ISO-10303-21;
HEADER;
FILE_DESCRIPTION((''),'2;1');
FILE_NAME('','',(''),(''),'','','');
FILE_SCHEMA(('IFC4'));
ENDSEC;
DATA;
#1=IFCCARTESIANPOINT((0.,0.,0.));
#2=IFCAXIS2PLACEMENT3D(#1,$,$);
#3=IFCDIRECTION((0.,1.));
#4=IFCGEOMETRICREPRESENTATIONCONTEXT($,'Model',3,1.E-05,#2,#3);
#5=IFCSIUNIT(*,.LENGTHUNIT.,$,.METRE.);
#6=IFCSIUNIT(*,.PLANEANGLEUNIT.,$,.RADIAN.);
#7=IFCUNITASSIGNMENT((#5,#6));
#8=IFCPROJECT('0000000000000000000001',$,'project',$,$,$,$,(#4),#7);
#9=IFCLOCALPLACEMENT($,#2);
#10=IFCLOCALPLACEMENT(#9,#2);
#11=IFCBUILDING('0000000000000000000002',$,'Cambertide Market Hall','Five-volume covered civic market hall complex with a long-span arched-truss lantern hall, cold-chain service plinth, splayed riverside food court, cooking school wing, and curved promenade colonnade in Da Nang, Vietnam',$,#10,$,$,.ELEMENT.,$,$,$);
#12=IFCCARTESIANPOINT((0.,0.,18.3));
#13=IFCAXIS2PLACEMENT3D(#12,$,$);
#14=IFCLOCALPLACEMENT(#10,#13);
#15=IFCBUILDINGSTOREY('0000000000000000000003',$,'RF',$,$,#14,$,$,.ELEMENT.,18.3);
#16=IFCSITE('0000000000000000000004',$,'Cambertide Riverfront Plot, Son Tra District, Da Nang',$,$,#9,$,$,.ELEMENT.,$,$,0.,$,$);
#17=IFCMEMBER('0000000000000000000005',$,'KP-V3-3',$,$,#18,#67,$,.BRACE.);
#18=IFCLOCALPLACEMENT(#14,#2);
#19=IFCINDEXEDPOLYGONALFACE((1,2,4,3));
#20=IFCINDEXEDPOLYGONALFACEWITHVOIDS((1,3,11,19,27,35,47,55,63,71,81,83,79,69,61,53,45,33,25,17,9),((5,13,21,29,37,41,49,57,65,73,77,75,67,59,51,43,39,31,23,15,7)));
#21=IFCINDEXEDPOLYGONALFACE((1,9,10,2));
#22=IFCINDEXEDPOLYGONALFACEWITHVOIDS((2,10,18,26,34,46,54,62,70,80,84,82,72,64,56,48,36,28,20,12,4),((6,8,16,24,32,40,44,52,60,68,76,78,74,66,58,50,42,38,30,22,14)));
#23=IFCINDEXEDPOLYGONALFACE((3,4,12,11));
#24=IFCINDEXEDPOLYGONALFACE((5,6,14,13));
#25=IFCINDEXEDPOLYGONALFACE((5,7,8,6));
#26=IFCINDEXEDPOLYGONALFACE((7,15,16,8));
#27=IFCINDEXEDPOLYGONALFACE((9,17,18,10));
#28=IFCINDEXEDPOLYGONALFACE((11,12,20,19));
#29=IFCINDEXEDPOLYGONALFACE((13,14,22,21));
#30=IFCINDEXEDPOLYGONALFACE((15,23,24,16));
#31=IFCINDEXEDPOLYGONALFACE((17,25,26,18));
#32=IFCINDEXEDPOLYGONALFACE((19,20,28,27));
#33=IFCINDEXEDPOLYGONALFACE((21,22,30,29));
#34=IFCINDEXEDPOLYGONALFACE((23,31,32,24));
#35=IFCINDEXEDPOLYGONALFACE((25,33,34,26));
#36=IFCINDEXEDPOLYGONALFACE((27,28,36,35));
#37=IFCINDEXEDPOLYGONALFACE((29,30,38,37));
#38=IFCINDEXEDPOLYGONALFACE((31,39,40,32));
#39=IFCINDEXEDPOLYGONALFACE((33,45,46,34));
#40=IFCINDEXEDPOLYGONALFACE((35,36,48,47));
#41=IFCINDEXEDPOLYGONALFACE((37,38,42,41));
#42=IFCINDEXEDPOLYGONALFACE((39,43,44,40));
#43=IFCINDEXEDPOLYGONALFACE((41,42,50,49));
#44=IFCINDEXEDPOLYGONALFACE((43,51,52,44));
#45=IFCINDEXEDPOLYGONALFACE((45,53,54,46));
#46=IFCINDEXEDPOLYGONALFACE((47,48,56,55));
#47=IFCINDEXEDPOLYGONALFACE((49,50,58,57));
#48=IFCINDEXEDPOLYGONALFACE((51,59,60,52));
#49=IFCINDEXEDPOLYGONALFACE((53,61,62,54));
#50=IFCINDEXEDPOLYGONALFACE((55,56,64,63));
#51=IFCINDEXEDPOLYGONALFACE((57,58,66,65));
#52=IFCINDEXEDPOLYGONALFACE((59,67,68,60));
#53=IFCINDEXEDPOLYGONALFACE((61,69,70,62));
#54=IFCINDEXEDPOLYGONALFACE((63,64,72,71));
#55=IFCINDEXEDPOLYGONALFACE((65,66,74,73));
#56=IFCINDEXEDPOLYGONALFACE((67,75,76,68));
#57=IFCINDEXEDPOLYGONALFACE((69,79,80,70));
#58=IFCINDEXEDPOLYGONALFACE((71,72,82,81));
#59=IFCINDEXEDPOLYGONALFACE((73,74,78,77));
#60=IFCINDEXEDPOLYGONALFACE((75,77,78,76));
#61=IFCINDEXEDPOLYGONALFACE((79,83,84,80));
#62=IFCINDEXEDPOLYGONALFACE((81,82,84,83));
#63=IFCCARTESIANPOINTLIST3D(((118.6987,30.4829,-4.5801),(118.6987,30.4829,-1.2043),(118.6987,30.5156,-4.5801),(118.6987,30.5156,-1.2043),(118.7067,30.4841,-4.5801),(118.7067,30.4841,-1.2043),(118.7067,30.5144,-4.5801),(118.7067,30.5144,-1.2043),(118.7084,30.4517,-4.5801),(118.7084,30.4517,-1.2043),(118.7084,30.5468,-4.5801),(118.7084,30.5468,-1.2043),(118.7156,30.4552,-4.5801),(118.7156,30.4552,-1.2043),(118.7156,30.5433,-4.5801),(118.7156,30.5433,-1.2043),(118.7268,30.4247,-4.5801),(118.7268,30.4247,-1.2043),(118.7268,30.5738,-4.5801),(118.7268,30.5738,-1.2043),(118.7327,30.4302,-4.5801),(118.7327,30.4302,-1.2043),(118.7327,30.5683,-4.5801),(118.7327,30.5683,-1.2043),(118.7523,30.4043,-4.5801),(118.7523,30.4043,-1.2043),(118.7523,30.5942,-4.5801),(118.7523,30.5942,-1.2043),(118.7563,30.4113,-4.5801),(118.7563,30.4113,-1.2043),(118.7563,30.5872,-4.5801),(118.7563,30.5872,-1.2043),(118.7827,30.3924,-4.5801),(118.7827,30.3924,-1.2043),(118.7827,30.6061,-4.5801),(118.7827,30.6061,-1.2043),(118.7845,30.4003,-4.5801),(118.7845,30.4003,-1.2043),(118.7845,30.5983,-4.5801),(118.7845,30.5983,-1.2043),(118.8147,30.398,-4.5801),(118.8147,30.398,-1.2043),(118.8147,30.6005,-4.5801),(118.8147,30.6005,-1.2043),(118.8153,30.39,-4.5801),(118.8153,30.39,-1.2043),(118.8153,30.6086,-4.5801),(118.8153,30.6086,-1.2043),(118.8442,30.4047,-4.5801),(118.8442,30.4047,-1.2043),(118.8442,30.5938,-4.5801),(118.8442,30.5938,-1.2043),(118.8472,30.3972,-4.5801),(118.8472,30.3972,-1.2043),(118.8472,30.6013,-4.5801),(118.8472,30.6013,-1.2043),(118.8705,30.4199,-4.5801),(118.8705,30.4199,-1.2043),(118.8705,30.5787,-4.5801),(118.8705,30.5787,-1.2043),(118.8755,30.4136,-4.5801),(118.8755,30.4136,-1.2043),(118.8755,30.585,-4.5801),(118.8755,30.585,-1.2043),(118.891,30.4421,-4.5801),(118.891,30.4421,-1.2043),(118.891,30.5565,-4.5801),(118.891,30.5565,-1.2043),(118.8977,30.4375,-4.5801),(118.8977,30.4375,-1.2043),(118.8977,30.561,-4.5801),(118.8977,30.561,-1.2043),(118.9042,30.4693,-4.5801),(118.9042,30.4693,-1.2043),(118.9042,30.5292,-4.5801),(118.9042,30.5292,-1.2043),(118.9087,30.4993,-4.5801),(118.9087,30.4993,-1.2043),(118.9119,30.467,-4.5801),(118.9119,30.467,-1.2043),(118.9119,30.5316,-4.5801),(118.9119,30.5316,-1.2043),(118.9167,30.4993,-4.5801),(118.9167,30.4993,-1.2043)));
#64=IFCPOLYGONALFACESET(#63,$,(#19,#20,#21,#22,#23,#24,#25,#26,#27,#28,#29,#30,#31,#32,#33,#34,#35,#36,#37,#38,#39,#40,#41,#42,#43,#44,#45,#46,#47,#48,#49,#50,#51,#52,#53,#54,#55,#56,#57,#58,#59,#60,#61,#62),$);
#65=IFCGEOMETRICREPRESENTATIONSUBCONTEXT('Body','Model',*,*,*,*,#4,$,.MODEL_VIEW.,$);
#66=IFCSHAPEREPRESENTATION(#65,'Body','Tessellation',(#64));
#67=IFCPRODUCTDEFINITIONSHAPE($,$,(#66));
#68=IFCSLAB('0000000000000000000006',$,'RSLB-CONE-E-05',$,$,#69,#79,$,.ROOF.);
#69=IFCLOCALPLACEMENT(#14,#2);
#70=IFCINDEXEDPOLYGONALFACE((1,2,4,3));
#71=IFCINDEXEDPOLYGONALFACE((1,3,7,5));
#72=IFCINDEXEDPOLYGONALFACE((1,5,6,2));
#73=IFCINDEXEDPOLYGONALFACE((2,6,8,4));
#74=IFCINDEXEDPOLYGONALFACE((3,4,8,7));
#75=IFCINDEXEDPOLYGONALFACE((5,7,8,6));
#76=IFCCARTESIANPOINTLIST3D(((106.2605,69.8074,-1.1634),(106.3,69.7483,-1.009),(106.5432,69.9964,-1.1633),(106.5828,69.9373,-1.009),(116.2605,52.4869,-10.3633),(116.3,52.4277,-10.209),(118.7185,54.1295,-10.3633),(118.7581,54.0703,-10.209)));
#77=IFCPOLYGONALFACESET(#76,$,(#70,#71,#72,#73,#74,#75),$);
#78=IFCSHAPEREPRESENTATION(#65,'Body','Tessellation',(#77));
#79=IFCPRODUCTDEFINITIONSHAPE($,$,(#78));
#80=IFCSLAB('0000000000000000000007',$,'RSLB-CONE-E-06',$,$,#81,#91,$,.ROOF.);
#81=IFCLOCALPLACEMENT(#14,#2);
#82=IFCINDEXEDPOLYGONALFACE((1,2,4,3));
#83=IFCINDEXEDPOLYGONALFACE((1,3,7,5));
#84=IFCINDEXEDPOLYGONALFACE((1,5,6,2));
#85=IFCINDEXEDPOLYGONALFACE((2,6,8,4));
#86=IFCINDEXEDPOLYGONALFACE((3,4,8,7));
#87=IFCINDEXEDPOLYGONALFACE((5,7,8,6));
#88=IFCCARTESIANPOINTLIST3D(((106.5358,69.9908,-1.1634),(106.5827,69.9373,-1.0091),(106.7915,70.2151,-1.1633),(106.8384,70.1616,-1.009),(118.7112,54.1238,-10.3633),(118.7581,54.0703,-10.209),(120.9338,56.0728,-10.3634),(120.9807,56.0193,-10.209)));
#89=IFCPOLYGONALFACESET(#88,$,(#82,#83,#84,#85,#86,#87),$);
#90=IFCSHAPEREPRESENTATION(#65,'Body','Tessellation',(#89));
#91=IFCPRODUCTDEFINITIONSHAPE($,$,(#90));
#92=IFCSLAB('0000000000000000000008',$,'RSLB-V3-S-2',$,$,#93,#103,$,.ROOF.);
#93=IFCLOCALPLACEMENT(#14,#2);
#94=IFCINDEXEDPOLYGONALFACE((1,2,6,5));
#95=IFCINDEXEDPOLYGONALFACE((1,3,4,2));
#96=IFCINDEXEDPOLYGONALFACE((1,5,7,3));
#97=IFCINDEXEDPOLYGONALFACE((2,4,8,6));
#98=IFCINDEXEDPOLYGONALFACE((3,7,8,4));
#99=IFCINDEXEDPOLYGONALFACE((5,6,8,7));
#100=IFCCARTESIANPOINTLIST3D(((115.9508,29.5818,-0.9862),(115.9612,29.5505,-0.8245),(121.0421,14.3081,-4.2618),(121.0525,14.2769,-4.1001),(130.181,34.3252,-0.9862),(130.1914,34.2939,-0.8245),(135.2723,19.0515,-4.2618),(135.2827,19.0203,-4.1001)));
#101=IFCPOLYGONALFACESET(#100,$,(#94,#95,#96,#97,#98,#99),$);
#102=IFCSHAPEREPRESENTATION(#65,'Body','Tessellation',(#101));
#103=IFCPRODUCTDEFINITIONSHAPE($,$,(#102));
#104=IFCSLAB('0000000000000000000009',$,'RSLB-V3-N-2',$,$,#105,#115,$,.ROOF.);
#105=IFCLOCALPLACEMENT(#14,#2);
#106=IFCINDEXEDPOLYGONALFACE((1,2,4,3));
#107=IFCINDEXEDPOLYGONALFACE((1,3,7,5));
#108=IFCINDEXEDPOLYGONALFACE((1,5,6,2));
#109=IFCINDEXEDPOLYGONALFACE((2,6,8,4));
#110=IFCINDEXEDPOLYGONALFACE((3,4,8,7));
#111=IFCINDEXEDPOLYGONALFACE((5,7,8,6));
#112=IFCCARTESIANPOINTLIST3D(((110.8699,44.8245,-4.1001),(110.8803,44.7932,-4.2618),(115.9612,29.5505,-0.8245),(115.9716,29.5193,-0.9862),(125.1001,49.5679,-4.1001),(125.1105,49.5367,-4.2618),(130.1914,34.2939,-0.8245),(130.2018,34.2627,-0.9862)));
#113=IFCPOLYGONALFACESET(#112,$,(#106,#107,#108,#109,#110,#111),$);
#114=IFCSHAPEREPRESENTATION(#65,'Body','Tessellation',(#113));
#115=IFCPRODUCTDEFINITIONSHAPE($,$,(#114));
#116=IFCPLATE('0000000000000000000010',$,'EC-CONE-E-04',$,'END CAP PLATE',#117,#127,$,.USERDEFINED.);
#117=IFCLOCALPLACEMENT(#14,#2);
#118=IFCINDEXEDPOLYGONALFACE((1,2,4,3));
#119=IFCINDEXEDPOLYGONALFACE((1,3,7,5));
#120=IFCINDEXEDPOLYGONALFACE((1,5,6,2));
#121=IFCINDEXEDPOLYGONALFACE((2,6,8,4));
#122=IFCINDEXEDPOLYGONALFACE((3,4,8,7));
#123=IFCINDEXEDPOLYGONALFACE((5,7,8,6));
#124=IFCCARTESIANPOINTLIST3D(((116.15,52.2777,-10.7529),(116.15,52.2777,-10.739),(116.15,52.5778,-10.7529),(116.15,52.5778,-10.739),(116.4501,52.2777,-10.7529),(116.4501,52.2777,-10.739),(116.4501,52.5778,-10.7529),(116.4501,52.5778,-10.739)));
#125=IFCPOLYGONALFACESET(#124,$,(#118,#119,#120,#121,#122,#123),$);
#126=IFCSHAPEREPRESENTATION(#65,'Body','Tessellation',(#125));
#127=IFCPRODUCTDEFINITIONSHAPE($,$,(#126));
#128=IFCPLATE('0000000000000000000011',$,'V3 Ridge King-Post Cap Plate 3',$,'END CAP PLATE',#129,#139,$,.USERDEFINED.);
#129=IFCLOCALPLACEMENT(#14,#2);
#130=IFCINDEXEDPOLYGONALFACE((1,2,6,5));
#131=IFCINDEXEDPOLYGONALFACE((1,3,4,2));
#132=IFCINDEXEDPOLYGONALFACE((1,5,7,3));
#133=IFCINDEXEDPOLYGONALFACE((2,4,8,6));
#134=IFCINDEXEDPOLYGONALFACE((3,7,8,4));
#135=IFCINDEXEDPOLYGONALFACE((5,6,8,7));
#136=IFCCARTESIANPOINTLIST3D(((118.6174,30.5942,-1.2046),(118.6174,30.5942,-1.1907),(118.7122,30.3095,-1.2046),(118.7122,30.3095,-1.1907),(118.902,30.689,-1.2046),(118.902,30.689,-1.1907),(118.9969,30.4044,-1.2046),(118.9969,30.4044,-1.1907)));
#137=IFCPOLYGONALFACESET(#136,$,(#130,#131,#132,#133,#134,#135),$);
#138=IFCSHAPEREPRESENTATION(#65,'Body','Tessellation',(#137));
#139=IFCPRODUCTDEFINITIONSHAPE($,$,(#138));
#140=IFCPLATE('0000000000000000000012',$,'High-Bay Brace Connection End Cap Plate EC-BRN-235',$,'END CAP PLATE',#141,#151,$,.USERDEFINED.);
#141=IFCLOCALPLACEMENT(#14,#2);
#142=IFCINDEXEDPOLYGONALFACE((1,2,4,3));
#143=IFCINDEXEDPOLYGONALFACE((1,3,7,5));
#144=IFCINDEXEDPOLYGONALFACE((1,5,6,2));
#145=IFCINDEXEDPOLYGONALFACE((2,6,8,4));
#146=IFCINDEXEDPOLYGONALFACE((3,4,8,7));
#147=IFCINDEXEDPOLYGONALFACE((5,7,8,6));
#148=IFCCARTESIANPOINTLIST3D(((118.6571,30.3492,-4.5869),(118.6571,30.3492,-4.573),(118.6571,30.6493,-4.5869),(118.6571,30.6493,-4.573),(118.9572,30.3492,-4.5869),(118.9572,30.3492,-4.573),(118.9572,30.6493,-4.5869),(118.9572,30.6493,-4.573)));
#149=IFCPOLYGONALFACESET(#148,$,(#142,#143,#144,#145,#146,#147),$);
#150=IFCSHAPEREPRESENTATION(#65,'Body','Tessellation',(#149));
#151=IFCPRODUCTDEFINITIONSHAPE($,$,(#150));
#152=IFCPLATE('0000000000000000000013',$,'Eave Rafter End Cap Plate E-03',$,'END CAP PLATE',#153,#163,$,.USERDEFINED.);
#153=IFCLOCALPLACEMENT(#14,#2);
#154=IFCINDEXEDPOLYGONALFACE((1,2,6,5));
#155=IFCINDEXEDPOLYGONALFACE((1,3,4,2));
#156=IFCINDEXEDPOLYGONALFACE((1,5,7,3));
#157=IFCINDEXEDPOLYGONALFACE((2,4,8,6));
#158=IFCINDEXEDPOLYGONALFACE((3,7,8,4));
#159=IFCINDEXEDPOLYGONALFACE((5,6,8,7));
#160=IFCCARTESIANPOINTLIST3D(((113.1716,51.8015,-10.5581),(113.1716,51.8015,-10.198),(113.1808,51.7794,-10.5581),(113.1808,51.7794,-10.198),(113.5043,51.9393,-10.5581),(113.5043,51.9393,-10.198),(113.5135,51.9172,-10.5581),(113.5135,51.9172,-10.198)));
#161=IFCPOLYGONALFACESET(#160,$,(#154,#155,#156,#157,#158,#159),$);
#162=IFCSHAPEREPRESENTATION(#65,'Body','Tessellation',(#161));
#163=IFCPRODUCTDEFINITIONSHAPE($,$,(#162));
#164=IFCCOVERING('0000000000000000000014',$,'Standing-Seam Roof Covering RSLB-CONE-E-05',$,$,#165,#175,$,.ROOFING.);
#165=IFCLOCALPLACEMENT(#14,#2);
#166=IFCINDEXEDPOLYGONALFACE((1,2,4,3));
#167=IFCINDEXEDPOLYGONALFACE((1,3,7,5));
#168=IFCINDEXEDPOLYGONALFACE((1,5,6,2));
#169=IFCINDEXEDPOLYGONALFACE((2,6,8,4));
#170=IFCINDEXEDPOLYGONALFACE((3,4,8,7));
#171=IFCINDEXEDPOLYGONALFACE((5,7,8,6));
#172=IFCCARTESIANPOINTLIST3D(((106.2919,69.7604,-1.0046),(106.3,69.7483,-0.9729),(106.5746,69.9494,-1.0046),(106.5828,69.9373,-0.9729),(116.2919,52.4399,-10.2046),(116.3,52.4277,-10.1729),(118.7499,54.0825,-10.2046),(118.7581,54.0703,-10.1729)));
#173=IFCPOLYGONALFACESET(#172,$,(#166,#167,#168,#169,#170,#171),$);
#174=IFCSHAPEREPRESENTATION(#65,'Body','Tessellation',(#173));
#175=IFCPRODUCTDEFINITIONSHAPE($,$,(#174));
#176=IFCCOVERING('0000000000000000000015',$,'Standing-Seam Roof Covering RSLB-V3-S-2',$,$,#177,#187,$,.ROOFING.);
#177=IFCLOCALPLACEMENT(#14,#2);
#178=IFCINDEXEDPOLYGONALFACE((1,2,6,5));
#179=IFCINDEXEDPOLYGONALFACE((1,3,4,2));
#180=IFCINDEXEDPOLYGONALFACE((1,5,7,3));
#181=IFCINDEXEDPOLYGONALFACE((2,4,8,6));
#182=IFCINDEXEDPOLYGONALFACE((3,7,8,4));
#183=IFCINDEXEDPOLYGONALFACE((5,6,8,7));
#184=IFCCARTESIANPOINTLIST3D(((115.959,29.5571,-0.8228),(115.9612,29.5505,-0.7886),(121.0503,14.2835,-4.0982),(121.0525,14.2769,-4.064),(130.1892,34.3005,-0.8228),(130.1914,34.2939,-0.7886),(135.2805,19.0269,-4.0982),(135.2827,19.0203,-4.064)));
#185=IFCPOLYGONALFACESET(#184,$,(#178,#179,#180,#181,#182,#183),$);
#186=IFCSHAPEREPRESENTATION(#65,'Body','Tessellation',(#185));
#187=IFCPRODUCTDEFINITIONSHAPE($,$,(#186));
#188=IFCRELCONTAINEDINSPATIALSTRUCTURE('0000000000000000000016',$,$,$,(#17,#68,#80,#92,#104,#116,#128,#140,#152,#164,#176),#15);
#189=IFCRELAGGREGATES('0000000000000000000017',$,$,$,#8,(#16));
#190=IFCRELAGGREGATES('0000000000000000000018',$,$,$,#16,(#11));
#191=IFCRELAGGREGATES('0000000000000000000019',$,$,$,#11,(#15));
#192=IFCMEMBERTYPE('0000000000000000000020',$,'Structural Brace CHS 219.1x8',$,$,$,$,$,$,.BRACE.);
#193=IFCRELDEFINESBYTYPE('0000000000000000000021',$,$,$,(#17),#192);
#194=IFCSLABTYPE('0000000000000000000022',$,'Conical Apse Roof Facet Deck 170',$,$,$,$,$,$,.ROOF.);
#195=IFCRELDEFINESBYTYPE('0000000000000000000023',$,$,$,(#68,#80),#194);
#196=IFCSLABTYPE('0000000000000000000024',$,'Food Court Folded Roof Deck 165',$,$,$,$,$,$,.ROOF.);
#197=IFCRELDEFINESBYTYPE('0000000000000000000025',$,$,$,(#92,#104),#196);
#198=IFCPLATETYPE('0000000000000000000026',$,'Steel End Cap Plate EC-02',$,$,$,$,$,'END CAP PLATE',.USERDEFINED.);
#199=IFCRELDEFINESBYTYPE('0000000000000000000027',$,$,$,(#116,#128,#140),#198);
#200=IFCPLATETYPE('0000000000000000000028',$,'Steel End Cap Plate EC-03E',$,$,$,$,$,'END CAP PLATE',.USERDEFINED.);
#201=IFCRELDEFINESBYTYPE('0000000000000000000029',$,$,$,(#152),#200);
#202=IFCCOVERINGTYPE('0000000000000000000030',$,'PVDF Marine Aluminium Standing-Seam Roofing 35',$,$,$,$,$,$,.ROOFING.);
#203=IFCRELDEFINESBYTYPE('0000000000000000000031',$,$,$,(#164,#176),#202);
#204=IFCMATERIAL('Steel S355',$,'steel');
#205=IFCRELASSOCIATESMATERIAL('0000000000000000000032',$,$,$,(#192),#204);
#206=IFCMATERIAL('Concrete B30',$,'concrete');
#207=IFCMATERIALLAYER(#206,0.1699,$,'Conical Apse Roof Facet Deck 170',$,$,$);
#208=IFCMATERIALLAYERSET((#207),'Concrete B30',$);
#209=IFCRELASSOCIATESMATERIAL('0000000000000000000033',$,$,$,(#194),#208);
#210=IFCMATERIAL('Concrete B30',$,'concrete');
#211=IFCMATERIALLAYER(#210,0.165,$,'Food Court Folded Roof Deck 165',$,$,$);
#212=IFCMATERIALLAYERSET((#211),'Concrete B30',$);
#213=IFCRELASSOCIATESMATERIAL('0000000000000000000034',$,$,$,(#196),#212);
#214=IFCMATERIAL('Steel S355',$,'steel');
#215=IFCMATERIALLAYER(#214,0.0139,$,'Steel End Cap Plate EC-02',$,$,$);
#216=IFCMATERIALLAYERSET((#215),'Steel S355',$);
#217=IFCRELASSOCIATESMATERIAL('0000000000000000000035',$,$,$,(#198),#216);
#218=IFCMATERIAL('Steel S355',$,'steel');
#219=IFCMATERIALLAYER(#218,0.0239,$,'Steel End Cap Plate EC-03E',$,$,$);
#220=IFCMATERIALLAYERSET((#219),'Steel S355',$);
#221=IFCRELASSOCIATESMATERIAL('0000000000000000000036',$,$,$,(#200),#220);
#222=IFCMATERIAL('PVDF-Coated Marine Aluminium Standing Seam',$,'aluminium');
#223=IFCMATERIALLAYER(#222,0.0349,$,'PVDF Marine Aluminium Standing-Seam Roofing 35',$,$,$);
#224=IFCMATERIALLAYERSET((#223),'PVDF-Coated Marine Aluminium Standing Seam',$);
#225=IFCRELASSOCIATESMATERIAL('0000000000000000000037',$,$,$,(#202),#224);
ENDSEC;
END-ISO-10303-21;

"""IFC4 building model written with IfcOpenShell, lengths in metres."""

from ifc_helpers import new_model, si_unit, direction, frame, origin, origin_2d, place, context, subcontext, project, spatial, polyline, rectangle, hollow_circle, outline, extrude, material, layer, layer_set, material_profile, profile_set, type_object, element, save


model = new_model("IFC4")

# Units and contexts
model_context = context("Model", 3, precision=1e-05, world=origin(), true_north=direction((0.0, 1.0)))
body_context = subcontext(model_context, "Body", "Model", "MODEL_VIEW")
ifc_project = project(units=[si_unit("LENGTHUNIT", "METRE"), si_unit("PLANEANGLEUNIT", "RADIAN")], contexts=[model_context])

# Site, building, storey
site_placement = place(None, origin())
site = spatial("IfcSite", under=ifc_project, at=site_placement, Name="Cambertide Riverfront Plot, Son Tra District, Da Nang", CompositionType="ELEMENT", RefElevation=0.0)
building_placement = place(site_placement, origin())
building = spatial("IfcBuilding", under=site, at=building_placement, Name="Cambertide Market Hall", Description="Five-volume covered civic market hall complex with a long-span arched-truss lantern hall, cold-chain service plinth, splayed riverside food court, cooking school wing, and curved promenade colonnade in Da Nang, Vietnam", CompositionType="ELEMENT")
storey_placement = place(building_placement, frame((0.0, 0.0, 18.3)))
storey = spatial("IfcBuildingStorey", under=building, at=storey_placement, Name="RF", CompositionType="ELEMENT", Elevation=18.3)

# Member
ifc_material_1 = material(Name="Steel S355", Category="steel")
ifc_material_profile_1 = material_profile(ifc_material_1, hollow_circle(Radius=0.1096, WallThickness=0.0081, at=origin_2d()), Name="CHS 219.1x8")
ifc_profile_set_1 = profile_set([ifc_material_profile_1], Name="Steel S355")
member_type_1 = type_object("IfcMemberType", Name="Structural Brace CHS 219.1x8", PredefinedType="BRACE", material=ifc_profile_set_1)
member_1_placement = place(storey_placement, frame((118.8071, 30.4993, -4.5801), z_axis=(0.0, 0.0, 1.0), x_axis=(1.0, 0.0, 0.0)))
element("IfcMember", 1, at=member_1_placement, inside=storey, type_object=member_type_1, Name="KP-V3-3", PredefinedType="BRACE", context=body_context, shape_type="SweptSolid", body=[
    extrude(hollow_circle(Radius=0.1096, WallThickness=0.0081, at=origin_2d()), origin(), (0.0, 0.0, 1.0), 3.3757),
])

# Slabs
ifc_material_2 = material(Name="Concrete B30", Category="concrete")
ifc_layer_1 = layer(ifc_material_2, 0.1699, Name="Conical Apse Roof Facet Deck 170")
ifc_layer_set_1 = layer_set([ifc_layer_1], Name="Concrete B30")
slab_type_1 = type_object("IfcSlabType", Name="Conical Apse Roof Facet Deck 170", PredefinedType="ROOF", material=ifc_layer_set_1)
slab_1_placement = place(storey_placement, frame((116.3, 52.4277, -10.209), z_axis=(0.232608, -0.348075, 0.908151), x_axis=(0.831439, 0.555616, -0.000004)))
element("IfcSlab", 2, at=slab_1_placement, inside=storey, type_object=slab_type_1, Name="RSLB-CONE-E-05", PredefinedType="ROOF", context=body_context, shape_type="SweptSolid", body=[
    extrude(outline(polyline([(0.0, 0.0), (2.9563, 0.0), (1.6492, 21.9756), (1.3092, 21.9756), (0.0, 0.0)])), origin(), (0.0, 0.0, -1.0), 0.1699),
])
slab_2_placement = place(storey_placement, frame((118.7581, 54.0703, -10.209), z_axis=(0.276026, -0.314754, 0.908152), x_axis=(0.751875, 0.659306, -0.000019)))
element("IfcSlab", 3, at=slab_2_placement, inside=storey, type_object=slab_type_1, Name="RSLB-CONE-E-06", PredefinedType="ROOF", context=body_context, shape_type="SweptSolid", body=[
    extrude(outline(polyline([(0.0, 0.0), (2.9561, 0.0), (1.6468, 21.9758), (1.3067, 21.9757), (0.0, 0.0)])), origin(), (0.0, 0.0, -1.0), 0.1699),
])
ifc_material_3 = material(Name="Concrete B30", Category="concrete")
ifc_layer_2 = layer(ifc_material_3, 0.165, Name="Food Court Folded Roof Deck 165")
ifc_layer_set_2 = layer_set([ifc_layer_2], Name="Concrete B30")
slab_type_2 = type_object("IfcSlabType", Name="Food Court Folded Roof Deck 165", PredefinedType="ROOF", material=ifc_layer_set_2)
slab_3_placement = place(storey_placement, frame((121.0525, 14.2769, -4.1001), z_axis=(0.063047, -0.189141, 0.979924), x_axis=(0.948683, 0.316228, 0.0)))
element("IfcSlab", 4, at=slab_3_placement, inside=storey, type_object=slab_type_2, Name="RSLB-V3-S-2", PredefinedType="ROOF", context=body_context, shape_type="SweptSolid", body=[
    extrude(outline(polyline([(0.0, 0.0), (15.0, 0.0), (14.9999, 16.4297), (-0.0001, 16.4297), (0.0, 0.0)])), origin(), (0.0, 0.0, -1.0), 0.165),
])
slab_4_placement = place(storey_placement, frame((115.9612, 29.5505, -0.8245), z_axis=(-0.063046, 0.189138, 0.979924), x_axis=(0.948683, 0.316228, 0.0)))
element("IfcSlab", 5, at=slab_4_placement, inside=storey, type_object=slab_type_2, Name="RSLB-V3-N-2", PredefinedType="ROOF", context=body_context, shape_type="SweptSolid", body=[
    extrude(outline(polyline([(0.0, 0.0), (15.0, 0.0), (15.0, 16.43), (0.0, 16.43), (0.0, 0.0)])), origin(), (0.0, 0.0, -1.0), 0.165),
])

# Plates
ifc_material_4 = material(Name="Steel S355", Category="steel")
ifc_layer_3 = layer(ifc_material_4, 0.0139, Name="Steel End Cap Plate EC-02")
ifc_layer_set_3 = layer_set([ifc_layer_3], Name="Steel S355")
plate_type_1 = type_object("IfcPlateType", Name="Steel End Cap Plate EC-02", ElementType="END CAP PLATE", PredefinedType="USERDEFINED", material=ifc_layer_set_3)
for number, where, z_axis, x_axis, name in (
    (6, (116.3, 52.4277, -10.7529), (0.0, 0.0, 1.0), (1.0, 0.0, 0.0), "EC-CONE-E-04"),
    (7, (118.8071, 30.4993, -1.2046), (0.0, 0.0, 1.0), (0.948683, 0.316228, 0.0), "V3 Ridge King-Post Cap Plate 3"),
    (8, (118.8071, 30.4993, -4.5869), (0.0, 0.0, 1.0), (1.0, 0.0, 0.0), "High-Bay Brace Connection End Cap Plate EC-BRN-235"),
):
    element("IfcPlate", number, at=place(storey_placement, frame(where, z_axis=z_axis, x_axis=x_axis)), inside=storey, type_object=plate_type_1, Name=name, ObjectType="END CAP PLATE", PredefinedType="USERDEFINED", context=body_context, shape_type="SweptSolid", body=[
        extrude(rectangle(XDim=0.3, YDim=0.3, at=origin_2d()), origin(), (0.0, 0.0, 1.0), 0.0139),
    ])
ifc_material_5 = material(Name="Steel S355", Category="steel")
ifc_layer_4 = layer(ifc_material_5, 0.0239, Name="Steel End Cap Plate EC-03E")
ifc_layer_set_4 = layer_set([ifc_layer_4], Name="Steel S355")
plate_type_2 = type_object("IfcPlateType", Name="Steel End Cap Plate EC-03E", ElementType="END CAP PLATE", PredefinedType="USERDEFINED", material=ifc_layer_set_4)
plate_placement = place(storey_placement, frame((113.3425, 51.8594, -10.5581), z_axis=(0.0, 0.0, 1.0), x_axis=(0.382683, -0.92388, 0.0)))
element("IfcPlate", 9, at=plate_placement, inside=storey, type_object=plate_type_2, Name="Eave Rafter End Cap Plate E-03", ObjectType="END CAP PLATE", PredefinedType="USERDEFINED", context=body_context, shape_type="SweptSolid", body=[
    extrude(rectangle(XDim=0.0239, YDim=0.3601, at=origin_2d()), origin(), (0.0, 0.0, 1.0), 0.3601),
])

# Coverings
ifc_material_6 = material(Name="PVDF-Coated Marine Aluminium Standing Seam", Category="aluminium")
ifc_layer_5 = layer(ifc_material_6, 0.0349, Name="PVDF Marine Aluminium Standing-Seam Roofing 35")
ifc_layer_set_5 = layer_set([ifc_layer_5], Name="PVDF-Coated Marine Aluminium Standing Seam")
covering_type = type_object("IfcCoveringType", Name="PVDF Marine Aluminium Standing-Seam Roofing 35", PredefinedType="ROOFING", material=ifc_layer_set_5)
covering_1_placement = place(storey_placement, frame((116.3, 52.4277, -10.1729), z_axis=(0.232608, -0.348075, 0.908151), x_axis=(0.831439, 0.555616, -0.000004)))
element("IfcCovering", 10, at=covering_1_placement, inside=storey, type_object=covering_type, Name="Standing-Seam Roof Covering RSLB-CONE-E-05", PredefinedType="ROOFING", context=body_context, shape_type="SweptSolid", body=[
    extrude(outline(polyline([(0.0, 0.0), (2.9563, 0.0), (1.6492, 21.9756), (1.3092, 21.9756), (0.0, 0.0)])), origin(), (0.0, 0.0, -1.0), 0.0349),
])
covering_2_placement = place(storey_placement, frame((121.0525, 14.2769, -4.064), z_axis=(0.063043, -0.189128, 0.979927), x_axis=(0.948683, 0.316228, 0.0)))
element("IfcCovering", 11, at=covering_2_placement, inside=storey, type_object=covering_type, Name="Standing-Seam Roof Covering RSLB-V3-S-2", PredefinedType="ROOFING", context=body_context, shape_type="SweptSolid", body=[
    extrude(outline(polyline([(0.0, 0.0), (15.0, 0.0), (14.9999, 16.4297), (-0.0001, 16.4297), (0.0, 0.0)])), origin(), (0.0, 0.0, -1.0), 0.0349),
])

save(model, "model.ifc")
